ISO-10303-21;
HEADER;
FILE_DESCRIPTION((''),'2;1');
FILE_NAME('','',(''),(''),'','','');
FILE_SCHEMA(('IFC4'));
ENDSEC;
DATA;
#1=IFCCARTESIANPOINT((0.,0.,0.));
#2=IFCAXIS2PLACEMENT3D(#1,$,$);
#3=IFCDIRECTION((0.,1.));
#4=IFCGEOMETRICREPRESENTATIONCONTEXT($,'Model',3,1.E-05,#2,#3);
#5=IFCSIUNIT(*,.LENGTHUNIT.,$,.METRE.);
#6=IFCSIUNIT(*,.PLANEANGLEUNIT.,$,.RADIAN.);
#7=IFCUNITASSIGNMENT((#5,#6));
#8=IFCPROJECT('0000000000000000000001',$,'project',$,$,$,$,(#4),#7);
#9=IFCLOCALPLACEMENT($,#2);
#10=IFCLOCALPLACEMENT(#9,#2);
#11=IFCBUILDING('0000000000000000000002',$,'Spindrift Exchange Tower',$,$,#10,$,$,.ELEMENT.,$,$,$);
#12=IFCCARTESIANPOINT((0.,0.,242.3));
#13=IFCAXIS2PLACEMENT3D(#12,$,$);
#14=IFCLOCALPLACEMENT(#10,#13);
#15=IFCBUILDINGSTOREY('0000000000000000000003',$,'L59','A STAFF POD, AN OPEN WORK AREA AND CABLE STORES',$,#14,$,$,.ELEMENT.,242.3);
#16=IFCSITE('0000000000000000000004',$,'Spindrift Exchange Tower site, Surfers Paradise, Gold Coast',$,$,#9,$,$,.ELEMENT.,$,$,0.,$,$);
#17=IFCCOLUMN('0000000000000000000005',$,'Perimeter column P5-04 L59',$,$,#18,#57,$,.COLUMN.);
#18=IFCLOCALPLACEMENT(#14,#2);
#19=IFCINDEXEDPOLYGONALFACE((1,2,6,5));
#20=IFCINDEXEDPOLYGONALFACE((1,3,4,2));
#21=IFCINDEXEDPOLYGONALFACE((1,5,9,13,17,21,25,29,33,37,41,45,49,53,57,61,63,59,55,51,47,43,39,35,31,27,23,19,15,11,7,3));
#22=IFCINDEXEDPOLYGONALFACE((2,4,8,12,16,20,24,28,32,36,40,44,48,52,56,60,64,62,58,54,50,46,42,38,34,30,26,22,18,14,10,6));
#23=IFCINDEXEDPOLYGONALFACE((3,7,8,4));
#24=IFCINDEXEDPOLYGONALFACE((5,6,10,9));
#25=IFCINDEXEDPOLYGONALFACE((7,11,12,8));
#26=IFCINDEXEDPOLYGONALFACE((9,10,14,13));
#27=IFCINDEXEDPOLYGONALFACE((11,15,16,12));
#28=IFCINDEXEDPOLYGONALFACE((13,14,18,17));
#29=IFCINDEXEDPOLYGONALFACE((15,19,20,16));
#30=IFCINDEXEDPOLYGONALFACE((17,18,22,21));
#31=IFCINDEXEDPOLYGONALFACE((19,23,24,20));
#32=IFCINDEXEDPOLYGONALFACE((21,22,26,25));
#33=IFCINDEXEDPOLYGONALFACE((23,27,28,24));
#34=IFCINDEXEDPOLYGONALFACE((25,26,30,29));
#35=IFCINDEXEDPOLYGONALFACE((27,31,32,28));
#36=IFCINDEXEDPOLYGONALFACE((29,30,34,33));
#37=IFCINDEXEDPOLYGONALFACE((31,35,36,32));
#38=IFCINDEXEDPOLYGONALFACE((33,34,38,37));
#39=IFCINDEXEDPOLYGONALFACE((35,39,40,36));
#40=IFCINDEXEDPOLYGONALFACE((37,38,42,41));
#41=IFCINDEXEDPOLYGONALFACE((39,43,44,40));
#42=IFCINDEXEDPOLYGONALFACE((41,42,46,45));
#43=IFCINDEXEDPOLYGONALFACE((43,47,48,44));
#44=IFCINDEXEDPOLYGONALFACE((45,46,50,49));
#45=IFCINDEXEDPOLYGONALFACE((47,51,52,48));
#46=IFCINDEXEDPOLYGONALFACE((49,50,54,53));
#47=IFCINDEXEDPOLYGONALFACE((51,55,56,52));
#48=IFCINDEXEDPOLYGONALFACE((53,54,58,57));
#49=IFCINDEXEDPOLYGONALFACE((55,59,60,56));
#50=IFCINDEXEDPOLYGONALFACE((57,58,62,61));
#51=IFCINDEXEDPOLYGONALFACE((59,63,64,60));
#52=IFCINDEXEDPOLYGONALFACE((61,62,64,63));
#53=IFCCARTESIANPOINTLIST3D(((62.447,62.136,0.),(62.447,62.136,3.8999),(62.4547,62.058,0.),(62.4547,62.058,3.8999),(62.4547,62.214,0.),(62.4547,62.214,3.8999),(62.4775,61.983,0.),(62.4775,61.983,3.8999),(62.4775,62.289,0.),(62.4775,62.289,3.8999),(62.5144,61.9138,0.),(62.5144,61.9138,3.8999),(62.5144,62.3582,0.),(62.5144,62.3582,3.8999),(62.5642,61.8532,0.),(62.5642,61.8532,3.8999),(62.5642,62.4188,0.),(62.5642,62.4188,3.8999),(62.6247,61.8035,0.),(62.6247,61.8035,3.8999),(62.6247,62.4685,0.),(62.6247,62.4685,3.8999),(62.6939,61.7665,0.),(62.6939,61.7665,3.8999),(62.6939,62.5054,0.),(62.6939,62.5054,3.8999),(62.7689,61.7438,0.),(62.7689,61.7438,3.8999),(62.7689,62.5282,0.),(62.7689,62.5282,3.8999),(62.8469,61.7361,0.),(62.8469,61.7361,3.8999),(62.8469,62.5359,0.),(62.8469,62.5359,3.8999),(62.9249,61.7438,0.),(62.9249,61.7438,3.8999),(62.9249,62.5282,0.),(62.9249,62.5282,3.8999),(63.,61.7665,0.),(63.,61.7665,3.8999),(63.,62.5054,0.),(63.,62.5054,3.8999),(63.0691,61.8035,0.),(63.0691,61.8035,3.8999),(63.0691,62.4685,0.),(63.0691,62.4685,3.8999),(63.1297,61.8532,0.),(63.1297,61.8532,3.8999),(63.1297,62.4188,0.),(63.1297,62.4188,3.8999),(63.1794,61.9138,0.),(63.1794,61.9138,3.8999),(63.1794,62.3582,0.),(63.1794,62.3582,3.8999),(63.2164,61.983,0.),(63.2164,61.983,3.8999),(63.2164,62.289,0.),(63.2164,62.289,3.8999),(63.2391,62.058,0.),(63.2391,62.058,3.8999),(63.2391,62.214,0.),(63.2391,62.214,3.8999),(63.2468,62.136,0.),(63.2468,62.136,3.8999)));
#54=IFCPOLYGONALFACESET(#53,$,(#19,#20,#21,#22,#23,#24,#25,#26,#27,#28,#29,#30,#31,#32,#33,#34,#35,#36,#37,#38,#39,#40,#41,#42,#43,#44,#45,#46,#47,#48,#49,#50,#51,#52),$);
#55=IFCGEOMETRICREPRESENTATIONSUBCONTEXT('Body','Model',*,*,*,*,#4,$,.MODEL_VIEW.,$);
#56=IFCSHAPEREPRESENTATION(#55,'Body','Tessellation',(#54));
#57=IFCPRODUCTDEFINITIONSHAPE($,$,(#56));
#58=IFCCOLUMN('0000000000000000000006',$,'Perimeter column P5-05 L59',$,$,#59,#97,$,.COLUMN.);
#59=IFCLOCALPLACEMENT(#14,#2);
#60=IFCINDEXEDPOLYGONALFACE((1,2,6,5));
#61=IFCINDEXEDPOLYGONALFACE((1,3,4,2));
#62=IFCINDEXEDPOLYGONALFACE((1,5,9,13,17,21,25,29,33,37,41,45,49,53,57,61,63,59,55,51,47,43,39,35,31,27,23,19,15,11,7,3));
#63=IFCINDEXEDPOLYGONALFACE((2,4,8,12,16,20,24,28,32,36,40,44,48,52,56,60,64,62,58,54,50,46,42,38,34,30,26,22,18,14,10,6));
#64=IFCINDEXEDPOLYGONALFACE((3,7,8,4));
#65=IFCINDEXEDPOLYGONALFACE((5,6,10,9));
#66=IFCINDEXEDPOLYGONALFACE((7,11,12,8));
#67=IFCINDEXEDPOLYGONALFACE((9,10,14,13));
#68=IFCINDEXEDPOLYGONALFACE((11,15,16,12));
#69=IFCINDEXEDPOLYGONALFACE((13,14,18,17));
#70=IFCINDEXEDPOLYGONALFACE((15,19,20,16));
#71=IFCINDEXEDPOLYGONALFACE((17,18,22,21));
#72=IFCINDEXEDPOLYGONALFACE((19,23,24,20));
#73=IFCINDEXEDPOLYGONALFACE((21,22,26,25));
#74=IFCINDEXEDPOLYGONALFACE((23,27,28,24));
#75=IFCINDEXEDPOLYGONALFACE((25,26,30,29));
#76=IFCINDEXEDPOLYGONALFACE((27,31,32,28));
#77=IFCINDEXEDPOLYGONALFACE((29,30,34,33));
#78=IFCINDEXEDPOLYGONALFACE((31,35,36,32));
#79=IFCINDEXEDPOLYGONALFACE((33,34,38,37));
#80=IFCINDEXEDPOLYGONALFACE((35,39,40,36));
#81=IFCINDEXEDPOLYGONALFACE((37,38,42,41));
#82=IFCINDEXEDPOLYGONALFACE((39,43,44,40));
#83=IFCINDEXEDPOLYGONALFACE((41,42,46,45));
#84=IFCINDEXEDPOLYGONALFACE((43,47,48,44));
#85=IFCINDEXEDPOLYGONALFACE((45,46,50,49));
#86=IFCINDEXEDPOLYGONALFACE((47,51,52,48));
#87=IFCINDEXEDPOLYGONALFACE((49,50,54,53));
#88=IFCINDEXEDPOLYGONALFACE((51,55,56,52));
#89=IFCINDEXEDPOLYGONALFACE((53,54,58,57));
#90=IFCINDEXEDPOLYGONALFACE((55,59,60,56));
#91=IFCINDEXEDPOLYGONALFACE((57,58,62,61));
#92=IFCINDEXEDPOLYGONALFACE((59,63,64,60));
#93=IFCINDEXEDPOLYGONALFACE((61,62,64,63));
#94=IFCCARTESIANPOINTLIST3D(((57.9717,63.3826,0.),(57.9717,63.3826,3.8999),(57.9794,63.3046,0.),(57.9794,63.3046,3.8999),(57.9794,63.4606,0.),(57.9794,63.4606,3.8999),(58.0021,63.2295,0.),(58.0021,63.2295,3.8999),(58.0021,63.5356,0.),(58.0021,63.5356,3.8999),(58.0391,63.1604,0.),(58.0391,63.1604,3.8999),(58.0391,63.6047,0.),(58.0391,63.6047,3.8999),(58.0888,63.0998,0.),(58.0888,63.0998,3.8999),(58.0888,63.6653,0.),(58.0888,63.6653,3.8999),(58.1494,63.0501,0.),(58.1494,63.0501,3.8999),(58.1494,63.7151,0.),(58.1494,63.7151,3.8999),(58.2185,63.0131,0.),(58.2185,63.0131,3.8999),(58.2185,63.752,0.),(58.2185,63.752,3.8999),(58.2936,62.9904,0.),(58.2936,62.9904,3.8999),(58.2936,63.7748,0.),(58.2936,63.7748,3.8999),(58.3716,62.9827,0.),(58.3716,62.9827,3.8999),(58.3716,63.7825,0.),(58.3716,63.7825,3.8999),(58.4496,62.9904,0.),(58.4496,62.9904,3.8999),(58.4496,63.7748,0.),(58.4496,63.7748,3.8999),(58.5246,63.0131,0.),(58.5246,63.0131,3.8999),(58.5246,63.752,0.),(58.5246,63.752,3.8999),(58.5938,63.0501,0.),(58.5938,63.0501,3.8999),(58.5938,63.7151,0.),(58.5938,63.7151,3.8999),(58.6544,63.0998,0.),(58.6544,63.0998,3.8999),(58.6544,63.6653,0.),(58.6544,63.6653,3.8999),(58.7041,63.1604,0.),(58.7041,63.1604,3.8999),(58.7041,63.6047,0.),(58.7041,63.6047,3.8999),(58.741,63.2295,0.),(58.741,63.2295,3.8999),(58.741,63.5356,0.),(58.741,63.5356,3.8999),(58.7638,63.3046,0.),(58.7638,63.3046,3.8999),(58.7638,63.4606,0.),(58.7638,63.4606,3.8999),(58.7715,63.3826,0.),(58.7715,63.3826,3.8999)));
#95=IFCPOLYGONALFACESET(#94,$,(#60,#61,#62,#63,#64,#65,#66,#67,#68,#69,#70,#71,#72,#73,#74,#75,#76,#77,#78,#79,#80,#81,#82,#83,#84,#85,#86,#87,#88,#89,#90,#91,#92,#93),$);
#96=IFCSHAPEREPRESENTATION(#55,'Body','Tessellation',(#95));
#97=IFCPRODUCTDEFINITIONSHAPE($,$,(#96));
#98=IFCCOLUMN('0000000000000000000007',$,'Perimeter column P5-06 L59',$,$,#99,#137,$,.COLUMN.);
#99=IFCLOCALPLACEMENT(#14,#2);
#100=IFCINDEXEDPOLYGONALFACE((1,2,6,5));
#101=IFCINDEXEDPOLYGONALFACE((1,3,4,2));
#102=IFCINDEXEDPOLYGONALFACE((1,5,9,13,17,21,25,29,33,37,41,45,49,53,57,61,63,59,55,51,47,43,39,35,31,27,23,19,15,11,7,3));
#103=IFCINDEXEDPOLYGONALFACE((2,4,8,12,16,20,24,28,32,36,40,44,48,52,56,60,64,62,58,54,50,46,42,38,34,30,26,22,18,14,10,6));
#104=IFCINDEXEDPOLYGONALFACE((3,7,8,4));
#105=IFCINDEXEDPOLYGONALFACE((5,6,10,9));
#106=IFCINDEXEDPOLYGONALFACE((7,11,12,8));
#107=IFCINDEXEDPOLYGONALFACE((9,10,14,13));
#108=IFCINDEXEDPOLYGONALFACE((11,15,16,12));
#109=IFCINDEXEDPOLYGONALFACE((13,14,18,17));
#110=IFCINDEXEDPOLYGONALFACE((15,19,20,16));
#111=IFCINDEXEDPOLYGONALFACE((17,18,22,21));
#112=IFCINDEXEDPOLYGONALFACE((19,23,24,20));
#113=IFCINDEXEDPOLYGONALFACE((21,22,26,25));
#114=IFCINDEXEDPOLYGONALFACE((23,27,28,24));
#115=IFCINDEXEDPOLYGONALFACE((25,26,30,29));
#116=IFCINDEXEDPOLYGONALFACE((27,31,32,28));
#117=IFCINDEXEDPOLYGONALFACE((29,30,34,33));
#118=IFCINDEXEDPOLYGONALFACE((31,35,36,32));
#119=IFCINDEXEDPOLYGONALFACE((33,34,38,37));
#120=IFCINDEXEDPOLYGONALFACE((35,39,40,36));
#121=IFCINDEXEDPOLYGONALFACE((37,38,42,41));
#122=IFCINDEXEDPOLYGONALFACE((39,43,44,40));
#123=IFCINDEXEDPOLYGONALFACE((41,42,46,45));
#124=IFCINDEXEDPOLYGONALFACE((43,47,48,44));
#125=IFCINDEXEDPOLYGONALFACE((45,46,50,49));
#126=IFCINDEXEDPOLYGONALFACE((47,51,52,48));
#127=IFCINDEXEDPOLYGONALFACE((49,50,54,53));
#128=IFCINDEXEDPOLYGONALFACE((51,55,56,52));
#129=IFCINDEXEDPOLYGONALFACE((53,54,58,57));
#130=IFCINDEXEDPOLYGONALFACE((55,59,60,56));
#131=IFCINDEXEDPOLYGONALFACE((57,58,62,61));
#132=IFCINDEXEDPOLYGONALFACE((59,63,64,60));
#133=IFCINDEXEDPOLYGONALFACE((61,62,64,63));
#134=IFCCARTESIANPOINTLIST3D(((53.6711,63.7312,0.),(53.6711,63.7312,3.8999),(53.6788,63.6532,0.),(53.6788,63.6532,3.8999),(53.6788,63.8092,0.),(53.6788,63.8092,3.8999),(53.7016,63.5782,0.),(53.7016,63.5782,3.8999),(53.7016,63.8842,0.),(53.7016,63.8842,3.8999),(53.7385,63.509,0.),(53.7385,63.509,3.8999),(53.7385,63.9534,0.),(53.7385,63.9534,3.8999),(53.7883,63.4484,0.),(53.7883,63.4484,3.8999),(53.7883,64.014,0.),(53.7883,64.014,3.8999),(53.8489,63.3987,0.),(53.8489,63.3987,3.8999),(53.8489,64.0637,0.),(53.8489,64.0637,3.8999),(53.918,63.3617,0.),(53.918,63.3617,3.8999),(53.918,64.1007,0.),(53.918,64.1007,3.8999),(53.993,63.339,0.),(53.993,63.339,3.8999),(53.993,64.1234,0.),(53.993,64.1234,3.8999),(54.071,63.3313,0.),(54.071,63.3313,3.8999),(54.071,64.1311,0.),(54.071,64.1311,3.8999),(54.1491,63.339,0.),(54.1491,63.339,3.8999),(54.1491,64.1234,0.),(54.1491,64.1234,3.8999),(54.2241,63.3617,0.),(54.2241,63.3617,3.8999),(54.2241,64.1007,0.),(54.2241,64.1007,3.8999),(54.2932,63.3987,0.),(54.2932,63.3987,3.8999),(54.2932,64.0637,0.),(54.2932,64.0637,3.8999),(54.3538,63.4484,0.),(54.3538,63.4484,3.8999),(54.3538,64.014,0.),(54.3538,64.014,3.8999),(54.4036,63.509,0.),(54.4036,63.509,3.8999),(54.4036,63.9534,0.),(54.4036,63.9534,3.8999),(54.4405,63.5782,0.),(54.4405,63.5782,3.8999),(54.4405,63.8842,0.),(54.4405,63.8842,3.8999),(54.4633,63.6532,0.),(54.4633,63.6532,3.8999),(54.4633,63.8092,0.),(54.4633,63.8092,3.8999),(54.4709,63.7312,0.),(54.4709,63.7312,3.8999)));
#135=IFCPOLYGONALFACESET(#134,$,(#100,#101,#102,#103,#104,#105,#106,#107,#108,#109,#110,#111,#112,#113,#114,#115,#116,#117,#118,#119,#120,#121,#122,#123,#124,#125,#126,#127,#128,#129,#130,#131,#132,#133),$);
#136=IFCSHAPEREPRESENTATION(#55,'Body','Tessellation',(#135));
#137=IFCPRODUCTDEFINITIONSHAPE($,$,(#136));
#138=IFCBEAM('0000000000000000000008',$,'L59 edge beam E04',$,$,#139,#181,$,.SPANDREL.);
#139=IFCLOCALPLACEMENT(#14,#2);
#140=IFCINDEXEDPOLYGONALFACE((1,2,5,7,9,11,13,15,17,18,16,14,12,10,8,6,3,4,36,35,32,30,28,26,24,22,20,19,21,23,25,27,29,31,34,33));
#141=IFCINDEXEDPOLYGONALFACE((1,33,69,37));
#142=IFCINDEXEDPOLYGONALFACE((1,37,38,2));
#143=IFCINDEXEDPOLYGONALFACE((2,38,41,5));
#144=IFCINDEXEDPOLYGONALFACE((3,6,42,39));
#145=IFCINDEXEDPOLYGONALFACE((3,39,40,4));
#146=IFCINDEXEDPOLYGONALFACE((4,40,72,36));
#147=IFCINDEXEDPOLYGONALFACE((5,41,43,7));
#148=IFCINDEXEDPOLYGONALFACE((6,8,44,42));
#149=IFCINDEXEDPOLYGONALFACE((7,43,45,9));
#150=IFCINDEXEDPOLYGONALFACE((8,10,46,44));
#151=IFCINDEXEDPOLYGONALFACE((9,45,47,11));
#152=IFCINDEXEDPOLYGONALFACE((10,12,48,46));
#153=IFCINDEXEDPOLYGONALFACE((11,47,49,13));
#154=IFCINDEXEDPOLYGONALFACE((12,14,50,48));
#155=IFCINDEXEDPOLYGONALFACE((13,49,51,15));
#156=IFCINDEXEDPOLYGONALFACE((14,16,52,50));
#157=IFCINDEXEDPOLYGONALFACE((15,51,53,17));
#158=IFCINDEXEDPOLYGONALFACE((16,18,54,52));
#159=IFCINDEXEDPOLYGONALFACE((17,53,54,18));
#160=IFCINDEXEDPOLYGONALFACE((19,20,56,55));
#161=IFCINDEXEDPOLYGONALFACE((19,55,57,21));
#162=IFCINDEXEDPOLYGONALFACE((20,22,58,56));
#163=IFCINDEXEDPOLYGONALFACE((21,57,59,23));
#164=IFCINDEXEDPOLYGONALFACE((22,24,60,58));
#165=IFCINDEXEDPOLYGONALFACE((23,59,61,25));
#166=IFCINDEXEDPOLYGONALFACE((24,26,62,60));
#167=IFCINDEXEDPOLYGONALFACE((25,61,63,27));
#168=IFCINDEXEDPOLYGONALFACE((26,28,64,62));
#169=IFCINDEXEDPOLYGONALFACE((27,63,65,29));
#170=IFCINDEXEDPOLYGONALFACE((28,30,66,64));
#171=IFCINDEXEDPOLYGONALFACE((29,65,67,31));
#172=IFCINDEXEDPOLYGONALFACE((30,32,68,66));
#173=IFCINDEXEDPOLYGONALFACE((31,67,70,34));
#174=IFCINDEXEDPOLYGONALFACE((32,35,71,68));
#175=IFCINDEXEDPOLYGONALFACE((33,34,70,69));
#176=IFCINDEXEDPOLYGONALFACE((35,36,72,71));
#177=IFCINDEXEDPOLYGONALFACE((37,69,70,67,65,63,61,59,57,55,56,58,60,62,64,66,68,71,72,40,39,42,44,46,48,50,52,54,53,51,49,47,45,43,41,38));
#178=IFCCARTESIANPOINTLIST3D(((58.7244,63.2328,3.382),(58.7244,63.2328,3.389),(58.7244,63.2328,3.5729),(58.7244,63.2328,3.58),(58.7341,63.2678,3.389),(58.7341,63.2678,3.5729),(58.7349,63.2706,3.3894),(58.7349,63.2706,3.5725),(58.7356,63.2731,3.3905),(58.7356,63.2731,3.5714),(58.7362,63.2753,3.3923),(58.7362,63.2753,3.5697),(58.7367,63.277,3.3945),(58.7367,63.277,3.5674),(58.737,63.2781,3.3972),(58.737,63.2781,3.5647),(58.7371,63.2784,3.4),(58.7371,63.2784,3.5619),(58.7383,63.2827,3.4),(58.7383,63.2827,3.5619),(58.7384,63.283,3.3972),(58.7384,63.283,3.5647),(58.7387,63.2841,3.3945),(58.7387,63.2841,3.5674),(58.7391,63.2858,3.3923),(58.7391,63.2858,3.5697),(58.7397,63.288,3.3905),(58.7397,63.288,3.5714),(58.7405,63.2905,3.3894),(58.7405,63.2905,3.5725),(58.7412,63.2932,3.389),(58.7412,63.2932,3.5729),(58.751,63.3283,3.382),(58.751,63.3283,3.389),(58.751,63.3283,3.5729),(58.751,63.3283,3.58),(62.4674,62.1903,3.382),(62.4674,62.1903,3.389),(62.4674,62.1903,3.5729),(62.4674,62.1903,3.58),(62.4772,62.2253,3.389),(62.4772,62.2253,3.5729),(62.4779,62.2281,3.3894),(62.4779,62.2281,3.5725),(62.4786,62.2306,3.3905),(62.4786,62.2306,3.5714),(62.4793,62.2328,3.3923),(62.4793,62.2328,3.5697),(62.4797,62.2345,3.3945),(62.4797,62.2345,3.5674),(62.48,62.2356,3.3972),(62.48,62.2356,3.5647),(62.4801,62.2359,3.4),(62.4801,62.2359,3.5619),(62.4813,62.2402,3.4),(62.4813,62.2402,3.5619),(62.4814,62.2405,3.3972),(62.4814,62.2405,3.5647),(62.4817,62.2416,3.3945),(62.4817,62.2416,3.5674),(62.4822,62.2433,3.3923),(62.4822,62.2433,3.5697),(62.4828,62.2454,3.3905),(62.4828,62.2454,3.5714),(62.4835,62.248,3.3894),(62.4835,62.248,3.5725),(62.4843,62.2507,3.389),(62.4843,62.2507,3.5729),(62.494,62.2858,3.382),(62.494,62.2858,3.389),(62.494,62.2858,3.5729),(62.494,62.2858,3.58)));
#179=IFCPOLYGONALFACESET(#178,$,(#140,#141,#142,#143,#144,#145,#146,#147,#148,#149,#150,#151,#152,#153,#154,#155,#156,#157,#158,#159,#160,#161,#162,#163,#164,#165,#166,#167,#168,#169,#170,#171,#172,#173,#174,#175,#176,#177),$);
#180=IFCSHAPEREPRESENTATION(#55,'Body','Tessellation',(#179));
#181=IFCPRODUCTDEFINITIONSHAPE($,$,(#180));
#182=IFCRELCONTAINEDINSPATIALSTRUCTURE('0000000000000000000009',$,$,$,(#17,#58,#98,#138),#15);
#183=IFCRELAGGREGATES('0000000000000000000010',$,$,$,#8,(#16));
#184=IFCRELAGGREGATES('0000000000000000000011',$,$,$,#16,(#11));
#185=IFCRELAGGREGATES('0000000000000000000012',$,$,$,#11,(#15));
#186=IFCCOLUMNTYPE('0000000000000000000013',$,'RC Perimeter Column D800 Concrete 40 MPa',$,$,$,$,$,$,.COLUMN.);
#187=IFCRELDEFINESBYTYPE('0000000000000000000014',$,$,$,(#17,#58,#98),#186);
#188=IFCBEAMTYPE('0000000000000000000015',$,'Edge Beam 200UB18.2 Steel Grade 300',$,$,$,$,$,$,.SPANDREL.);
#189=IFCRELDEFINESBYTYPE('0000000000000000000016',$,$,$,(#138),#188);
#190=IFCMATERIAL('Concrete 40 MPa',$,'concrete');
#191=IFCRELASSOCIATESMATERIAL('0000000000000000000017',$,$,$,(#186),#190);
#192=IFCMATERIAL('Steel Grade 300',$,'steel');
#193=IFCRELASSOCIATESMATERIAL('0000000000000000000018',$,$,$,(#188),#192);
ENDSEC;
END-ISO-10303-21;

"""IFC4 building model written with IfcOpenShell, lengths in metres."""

from ifc_helpers import new_model, si_unit, direction, frame, origin, origin_2d, place, context, subcontext, project, spatial, circle, i_section, extrude, source, transform, mapped, material, material_profile, profile_set, type_object, element, save


model = new_model("IFC4")

# Units and contexts
model_context = context("Model", 3, precision=1e-05, world=origin(), true_north=direction((0.0, 1.0)))
body_context = subcontext(model_context, "Body", "Model", "MODEL_VIEW")
ifc_project = project(units=[si_unit("LENGTHUNIT", "METRE"), si_unit("PLANEANGLEUNIT", "RADIAN")], contexts=[model_context])

# Site, building, storey
site_placement = place(None, origin())
site = spatial("IfcSite", under=ifc_project, at=site_placement, Name="Spindrift Exchange Tower site, Surfers Paradise, Gold Coast", CompositionType="ELEMENT", RefElevation=0.0)
building_placement = place(site_placement, origin())
building = spatial("IfcBuilding", under=site, at=building_placement, Name="Spindrift Exchange Tower", CompositionType="ELEMENT")
storey_placement = place(building_placement, frame((0.0, 0.0, 242.3)))
storey = spatial("IfcBuildingStorey", under=building, at=storey_placement, Name="L59", Description="A STAFF POD, AN OPEN WORK AREA AND CABLE STORES", CompositionType="ELEMENT", Elevation=242.3)

# Columns
ifc_material_1 = material(Name="Concrete 40 MPa", Category="concrete")
ifc_material_profile_1 = material_profile(ifc_material_1, circle(Radius=0.3999, at=origin_2d()), Name="RC D800")
ifc_profile_set_1 = profile_set([ifc_material_profile_1], Name="Concrete 40 MPa")
column_type = type_object("IfcColumnType", Name="RC Perimeter Column D800 Concrete 40 MPa", PredefinedType="COLUMN", material=ifc_profile_set_1)
shared_shape_1 = source(origin(), body_context, "Body", "SweptSolid", [
    extrude(circle(Radius=0.3999, at=origin_2d()), origin(), (0.0, 0.0, 1.0), 3.8999),
])
for number, where, z_axis, x_axis, name in (
    (1, (62.8469, 62.136, 0.0), (0.0, 0.0, 1.0), (1.0, 0.0, 0.0), "Perimeter column P5-04 L59"),
    (2, (58.3716, 63.3826, 0.0), (0.0, 0.0, 1.0), (1.0, 0.0, 0.0), "Perimeter column P5-05 L59"),
    (3, (54.071, 63.7312, 0.0), (0.0, 0.0, 1.0), (1.0, 0.0, 0.0), "Perimeter column P5-06 L59"),
):
    element("IfcColumn", number, at=place(storey_placement, frame(where, z_axis=z_axis, x_axis=x_axis)), inside=storey, type_object=column_type, Name=name, PredefinedType="COLUMN", context=body_context, shape_type="MappedRepresentation", body=[
        mapped(shared_shape_1, transform((0.0, 0.0, 0.0), scale=1.0)),
    ])

# Beam
ifc_material_2 = material(Name="Steel Grade 300", Category="steel")
ifc_material_profile_2 = material_profile(ifc_material_2, i_section(OverallWidth=0.0991, OverallDepth=0.198, WebThickness=0.0044, FlangeThickness=0.0071, FilletRadius=0.011, at=origin_2d()), Name="200UB18.2")
ifc_profile_set_2 = profile_set([ifc_material_profile_2], Name="Steel Grade 300")
beam_type_1 = type_object("IfcBeamType", Name="Edge Beam 200UB18.2 Steel Grade 300", PredefinedType="SPANDREL", material=ifc_profile_set_2)
shared_shape_2 = source(origin(), body_context, "Body", "SweptSolid", [
    extrude(i_section(OverallWidth=0.0991, OverallDepth=0.198, WebThickness=0.0044, FlangeThickness=0.0071, FilletRadius=0.011, at=origin_2d()), origin(), (0.0, 0.0, 1.0), 3.8855),
])
beam_1_placement = place(storey_placement, frame((62.4807, 62.238, 3.481), z_axis=(-0.963333, 0.268308, 0.0), x_axis=(-0.268308, -0.963333, 0.0)))
element("IfcBeam", 4, at=beam_1_placement, inside=storey, type_object=beam_type_1, Name="L59 edge beam E04", PredefinedType="SPANDREL", context=body_context, shape_type="MappedRepresentation", body=[
    mapped(shared_shape_2, transform((0.0, 0.0, 0.0), scale=1.0)),
])

save(model, "model.ifc")
